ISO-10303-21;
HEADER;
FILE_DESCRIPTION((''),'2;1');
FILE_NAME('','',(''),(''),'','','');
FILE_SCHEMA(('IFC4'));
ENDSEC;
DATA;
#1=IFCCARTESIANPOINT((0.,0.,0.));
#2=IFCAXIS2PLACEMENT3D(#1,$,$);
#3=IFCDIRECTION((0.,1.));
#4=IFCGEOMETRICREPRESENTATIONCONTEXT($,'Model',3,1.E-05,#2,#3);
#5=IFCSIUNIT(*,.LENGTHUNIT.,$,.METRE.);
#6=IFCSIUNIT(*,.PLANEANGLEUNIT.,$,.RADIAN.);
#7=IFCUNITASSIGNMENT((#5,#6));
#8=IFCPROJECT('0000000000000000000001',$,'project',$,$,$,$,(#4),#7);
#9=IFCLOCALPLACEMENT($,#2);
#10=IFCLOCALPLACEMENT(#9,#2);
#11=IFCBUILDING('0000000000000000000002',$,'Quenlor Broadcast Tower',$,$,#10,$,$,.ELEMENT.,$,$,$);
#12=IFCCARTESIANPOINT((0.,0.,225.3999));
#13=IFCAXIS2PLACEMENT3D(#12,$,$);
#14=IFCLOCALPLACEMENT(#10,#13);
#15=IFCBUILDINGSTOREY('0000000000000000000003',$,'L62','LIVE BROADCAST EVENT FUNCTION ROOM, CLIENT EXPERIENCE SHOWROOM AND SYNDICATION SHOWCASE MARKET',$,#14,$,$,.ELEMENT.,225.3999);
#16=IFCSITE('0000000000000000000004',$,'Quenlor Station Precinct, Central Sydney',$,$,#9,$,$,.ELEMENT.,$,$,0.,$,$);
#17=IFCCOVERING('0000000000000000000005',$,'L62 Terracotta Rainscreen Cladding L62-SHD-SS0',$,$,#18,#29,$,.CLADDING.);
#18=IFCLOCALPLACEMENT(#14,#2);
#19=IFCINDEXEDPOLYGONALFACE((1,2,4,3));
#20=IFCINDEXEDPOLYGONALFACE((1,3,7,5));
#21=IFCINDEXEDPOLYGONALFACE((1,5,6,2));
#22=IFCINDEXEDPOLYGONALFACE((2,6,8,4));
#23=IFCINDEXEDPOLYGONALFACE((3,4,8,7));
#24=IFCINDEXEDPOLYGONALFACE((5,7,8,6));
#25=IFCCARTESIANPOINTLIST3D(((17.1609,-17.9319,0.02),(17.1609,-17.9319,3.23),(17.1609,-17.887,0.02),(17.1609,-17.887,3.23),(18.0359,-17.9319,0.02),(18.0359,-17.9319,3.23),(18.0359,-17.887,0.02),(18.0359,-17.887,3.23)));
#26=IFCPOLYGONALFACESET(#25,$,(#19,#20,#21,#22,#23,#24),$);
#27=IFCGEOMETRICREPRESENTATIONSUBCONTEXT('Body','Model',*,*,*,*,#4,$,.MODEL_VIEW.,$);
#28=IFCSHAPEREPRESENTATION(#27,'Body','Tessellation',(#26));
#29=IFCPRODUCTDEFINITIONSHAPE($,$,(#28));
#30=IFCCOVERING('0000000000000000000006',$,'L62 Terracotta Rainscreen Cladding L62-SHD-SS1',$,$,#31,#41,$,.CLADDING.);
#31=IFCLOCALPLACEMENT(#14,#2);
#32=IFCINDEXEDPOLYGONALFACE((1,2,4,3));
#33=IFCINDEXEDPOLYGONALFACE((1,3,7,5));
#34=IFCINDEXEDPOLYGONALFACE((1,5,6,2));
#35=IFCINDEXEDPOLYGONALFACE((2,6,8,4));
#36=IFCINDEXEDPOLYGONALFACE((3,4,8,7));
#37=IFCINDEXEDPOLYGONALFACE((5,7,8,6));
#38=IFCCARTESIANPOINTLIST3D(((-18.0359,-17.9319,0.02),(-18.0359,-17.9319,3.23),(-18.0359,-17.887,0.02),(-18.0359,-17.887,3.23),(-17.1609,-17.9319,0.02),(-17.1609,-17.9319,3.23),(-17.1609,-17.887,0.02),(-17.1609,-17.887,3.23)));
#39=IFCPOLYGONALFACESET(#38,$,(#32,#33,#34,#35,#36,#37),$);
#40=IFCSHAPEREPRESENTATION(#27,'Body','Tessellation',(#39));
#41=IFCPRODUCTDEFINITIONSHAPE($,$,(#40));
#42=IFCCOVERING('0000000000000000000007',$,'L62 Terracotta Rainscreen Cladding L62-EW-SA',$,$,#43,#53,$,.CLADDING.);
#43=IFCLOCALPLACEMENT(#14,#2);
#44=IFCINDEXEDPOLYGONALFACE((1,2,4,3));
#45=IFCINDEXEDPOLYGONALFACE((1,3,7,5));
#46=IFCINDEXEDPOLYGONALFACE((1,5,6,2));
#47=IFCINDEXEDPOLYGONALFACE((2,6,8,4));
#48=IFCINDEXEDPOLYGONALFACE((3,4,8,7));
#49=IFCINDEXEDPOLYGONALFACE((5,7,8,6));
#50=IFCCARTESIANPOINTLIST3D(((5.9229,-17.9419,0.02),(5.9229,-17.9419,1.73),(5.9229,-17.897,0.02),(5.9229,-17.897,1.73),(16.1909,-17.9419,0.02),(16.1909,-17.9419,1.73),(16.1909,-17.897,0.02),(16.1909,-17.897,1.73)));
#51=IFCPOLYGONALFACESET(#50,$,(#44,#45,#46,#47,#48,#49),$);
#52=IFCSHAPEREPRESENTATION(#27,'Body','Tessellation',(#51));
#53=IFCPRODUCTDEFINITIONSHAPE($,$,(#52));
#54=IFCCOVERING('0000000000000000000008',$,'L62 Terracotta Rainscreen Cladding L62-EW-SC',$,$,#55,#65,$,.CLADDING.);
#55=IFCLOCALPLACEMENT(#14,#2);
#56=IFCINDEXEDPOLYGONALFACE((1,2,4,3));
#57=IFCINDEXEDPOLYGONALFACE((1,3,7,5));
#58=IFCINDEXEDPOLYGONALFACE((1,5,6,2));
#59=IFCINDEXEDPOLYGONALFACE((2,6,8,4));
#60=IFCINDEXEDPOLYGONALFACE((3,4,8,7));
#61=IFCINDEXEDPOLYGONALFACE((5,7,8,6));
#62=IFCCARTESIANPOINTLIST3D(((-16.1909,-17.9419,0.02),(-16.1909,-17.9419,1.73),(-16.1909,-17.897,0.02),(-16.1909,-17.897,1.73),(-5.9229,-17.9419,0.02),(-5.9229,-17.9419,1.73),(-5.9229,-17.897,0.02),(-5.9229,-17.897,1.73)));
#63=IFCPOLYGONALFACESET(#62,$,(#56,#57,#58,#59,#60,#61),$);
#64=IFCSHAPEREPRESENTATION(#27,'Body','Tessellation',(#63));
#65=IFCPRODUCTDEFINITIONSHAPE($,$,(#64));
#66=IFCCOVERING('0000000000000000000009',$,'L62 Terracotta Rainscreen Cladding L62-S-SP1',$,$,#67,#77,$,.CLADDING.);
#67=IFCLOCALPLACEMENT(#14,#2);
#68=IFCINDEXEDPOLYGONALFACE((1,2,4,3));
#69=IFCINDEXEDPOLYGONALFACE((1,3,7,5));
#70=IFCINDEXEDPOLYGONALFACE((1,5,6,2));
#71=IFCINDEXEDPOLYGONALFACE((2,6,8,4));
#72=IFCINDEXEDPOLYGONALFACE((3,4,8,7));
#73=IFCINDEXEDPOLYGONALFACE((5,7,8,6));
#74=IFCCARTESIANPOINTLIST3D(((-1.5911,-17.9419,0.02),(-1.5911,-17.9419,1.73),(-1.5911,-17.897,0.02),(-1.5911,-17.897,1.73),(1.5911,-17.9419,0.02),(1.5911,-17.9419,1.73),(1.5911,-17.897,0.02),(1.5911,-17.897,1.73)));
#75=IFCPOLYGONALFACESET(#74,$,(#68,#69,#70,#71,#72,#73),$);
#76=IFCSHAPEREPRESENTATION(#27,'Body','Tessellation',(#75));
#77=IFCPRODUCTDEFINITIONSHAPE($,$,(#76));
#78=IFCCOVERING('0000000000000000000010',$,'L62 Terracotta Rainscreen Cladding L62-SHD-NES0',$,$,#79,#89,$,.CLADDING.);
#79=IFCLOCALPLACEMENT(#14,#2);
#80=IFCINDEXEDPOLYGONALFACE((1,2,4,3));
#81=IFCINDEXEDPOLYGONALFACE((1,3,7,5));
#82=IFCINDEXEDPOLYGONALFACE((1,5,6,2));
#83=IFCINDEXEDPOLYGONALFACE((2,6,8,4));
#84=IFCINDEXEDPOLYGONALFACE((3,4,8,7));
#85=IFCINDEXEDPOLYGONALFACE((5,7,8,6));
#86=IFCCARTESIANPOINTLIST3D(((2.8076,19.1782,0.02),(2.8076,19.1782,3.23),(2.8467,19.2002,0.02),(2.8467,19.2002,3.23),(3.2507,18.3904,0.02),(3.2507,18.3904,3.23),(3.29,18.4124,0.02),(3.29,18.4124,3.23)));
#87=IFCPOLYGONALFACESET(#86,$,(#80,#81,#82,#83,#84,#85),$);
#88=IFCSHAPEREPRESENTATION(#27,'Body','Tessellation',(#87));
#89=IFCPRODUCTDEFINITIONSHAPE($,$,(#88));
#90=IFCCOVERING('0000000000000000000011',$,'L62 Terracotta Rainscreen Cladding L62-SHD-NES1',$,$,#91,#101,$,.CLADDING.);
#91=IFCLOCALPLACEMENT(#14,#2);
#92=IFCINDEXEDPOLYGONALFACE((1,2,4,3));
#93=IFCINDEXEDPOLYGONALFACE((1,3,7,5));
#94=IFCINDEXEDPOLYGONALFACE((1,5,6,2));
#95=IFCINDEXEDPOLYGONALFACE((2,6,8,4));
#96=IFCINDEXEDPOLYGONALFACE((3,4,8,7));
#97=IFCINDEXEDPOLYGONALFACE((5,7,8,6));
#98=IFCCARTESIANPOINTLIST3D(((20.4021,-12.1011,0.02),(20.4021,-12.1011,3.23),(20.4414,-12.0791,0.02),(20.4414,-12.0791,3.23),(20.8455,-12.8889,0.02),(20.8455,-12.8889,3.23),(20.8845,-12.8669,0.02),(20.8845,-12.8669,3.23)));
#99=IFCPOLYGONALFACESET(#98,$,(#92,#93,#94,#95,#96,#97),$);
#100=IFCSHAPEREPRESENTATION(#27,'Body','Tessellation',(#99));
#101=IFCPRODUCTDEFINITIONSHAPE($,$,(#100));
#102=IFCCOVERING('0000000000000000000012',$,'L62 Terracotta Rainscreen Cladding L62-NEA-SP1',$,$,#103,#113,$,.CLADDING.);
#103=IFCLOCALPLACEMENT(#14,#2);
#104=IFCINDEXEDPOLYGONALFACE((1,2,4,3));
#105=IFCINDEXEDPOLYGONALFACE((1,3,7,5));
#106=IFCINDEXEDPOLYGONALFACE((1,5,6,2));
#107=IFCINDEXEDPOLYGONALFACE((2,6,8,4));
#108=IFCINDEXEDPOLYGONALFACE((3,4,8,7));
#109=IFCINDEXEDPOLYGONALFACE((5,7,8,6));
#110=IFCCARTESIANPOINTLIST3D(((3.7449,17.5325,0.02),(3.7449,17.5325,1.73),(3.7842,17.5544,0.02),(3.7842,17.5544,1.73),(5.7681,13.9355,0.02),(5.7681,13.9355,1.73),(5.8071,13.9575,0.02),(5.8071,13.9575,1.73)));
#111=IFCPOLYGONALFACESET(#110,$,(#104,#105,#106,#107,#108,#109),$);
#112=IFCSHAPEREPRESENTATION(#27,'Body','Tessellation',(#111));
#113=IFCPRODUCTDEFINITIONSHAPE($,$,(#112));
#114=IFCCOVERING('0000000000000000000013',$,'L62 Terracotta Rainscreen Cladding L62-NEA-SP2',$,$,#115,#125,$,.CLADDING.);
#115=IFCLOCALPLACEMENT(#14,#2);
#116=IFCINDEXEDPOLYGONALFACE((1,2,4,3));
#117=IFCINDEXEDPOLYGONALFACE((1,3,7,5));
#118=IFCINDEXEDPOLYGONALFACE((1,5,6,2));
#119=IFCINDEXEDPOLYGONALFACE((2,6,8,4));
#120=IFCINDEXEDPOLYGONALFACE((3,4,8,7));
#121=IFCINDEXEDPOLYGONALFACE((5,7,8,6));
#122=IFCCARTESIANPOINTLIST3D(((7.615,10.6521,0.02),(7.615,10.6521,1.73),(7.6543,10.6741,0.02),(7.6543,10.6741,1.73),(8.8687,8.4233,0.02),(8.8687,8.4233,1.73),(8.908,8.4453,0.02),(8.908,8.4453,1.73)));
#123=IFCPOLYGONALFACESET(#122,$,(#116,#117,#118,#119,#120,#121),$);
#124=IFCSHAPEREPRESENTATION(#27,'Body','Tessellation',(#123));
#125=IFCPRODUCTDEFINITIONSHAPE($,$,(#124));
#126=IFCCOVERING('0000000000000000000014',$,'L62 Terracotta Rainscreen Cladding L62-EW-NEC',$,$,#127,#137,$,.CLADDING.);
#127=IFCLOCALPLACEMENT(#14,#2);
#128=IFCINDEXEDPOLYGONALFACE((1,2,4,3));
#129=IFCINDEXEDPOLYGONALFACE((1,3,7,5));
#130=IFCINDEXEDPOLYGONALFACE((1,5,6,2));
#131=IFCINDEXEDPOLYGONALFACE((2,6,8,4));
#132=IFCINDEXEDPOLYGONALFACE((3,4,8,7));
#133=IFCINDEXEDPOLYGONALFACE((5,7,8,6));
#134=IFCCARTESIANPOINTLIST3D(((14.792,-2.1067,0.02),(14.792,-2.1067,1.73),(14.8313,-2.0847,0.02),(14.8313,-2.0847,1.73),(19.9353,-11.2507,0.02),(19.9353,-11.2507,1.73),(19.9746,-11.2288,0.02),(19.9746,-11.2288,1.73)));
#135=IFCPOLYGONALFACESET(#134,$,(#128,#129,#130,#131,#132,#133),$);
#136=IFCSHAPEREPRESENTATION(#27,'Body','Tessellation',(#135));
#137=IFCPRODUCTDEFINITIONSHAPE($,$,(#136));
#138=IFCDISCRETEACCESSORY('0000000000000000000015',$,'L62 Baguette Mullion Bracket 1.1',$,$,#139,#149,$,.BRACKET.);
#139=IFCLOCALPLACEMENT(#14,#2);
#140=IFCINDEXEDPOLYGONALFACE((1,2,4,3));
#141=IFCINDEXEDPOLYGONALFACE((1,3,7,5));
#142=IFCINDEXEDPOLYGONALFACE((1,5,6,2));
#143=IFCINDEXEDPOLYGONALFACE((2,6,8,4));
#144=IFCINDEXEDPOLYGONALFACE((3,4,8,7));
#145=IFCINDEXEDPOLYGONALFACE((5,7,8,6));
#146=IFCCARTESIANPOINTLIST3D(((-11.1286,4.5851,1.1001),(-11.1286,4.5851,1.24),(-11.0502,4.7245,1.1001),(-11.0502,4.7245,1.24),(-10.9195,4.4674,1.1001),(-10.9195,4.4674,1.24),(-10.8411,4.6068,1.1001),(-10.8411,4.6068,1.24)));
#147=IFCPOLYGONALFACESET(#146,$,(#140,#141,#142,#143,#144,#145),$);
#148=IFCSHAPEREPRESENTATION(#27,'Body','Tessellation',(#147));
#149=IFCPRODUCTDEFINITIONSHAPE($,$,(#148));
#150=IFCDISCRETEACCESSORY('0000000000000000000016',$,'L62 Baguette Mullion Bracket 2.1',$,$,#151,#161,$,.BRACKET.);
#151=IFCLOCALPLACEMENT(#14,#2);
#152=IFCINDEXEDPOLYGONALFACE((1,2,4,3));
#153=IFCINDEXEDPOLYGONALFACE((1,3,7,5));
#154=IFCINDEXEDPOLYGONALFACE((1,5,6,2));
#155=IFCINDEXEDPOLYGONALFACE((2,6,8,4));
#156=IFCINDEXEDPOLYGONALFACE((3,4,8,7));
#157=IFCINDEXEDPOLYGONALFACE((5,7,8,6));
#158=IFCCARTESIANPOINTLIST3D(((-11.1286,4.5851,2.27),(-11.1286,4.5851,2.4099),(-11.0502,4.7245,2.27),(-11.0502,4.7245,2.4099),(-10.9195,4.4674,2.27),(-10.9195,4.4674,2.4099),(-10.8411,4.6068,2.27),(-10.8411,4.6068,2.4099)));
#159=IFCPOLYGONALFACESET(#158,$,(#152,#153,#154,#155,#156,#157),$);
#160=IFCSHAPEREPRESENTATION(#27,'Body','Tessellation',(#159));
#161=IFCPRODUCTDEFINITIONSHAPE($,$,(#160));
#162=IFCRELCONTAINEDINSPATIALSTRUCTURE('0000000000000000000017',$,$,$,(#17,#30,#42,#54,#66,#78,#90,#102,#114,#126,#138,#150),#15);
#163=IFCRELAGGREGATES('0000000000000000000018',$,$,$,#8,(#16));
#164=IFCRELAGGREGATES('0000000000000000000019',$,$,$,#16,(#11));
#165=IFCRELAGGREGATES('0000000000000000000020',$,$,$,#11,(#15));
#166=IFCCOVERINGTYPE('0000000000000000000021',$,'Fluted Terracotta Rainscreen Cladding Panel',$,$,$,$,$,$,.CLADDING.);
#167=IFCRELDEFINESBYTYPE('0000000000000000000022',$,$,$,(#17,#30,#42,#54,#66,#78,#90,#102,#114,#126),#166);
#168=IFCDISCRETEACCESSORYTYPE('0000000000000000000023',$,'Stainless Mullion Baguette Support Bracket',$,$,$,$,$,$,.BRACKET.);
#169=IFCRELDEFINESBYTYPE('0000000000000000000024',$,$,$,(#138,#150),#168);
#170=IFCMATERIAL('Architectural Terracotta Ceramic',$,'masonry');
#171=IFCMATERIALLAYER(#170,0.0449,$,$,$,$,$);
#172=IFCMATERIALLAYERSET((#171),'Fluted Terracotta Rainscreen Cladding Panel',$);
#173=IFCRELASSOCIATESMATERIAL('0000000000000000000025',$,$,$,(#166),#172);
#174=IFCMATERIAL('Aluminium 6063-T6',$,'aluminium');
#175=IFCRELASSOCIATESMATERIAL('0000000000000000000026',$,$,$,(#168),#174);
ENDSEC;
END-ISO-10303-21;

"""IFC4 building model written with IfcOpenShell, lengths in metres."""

from ifc_helpers import new_model, si_unit, direction, frame, origin, origin_2d, place, context, subcontext, project, spatial, polyline, rectangle, outline, extrude, material, layer, layer_set, type_object, element, save


model = new_model("IFC4")

# Units and contexts
model_context = context("Model", 3, precision=1e-05, world=origin(), true_north=direction((0.0, 1.0)))
body_context = subcontext(model_context, "Body", "Model", "MODEL_VIEW")
ifc_project = project(units=[si_unit("LENGTHUNIT", "METRE"), si_unit("PLANEANGLEUNIT", "RADIAN")], contexts=[model_context])

# Site, building, storey
site_placement = place(None, origin())
site = spatial("IfcSite", under=ifc_project, at=site_placement, Name="Quenlor Station Precinct, Central Sydney", CompositionType="ELEMENT", RefElevation=0.0)
building_placement = place(site_placement, origin())
building = spatial("IfcBuilding", under=site, at=building_placement, Name="Quenlor Broadcast Tower", CompositionType="ELEMENT")
storey_placement = place(building_placement, frame((0.0, 0.0, 225.3999)))
storey = spatial("IfcBuildingStorey", under=building, at=storey_placement, Name="L62", Description="LIVE BROADCAST EVENT FUNCTION ROOM, CLIENT EXPERIENCE SHOWROOM AND SYNDICATION SHOWCASE MARKET", CompositionType="ELEMENT", Elevation=225.3999)

# Coverings
ifc_material_1 = material(Name="Architectural Terracotta Ceramic", Category="masonry")
ifc_layer_1 = layer(ifc_material_1, 0.0449)
ifc_layer_set_1 = layer_set([ifc_layer_1], Name="Fluted Terracotta Rainscreen Cladding Panel")
covering_type = type_object("IfcCoveringType", Name="Fluted Terracotta Rainscreen Cladding Panel", PredefinedType="CLADDING", material=ifc_layer_set_1)
covering_1_placement = place(storey_placement, frame((0.0, 0.0, 0.02)))
element("IfcCovering", 1, at=covering_1_placement, inside=storey, type_object=covering_type, Name="L62 Terracotta Rainscreen Cladding L62-SHD-SS0", PredefinedType="CLADDING", context=body_context, shape_type="SweptSolid", body=[
    extrude(outline(polyline([(18.0359, -17.887), (17.1609, -17.887), (17.1609, -17.9319), (18.0359, -17.9319), (18.0359, -17.887)])), origin(), (0.0, 0.0, 1.0), 3.21),
])
covering_2_placement = place(storey_placement, frame((0.0, 0.0, 0.02)))
element("IfcCovering", 2, at=covering_2_placement, inside=storey, type_object=covering_type, Name="L62 Terracotta Rainscreen Cladding L62-SHD-SS1", PredefinedType="CLADDING", context=body_context, shape_type="SweptSolid", body=[
    extrude(outline(polyline([(-17.1609, -17.887), (-18.0359, -17.887), (-18.0359, -17.9319), (-17.1609, -17.9319), (-17.1609, -17.887)])), origin(), (0.0, 0.0, 1.0), 3.21),
])
covering_3_placement = place(storey_placement, frame((0.0, 0.0, 0.02)))
element("IfcCovering", 3, at=covering_3_placement, inside=storey, type_object=covering_type, Name="L62 Terracotta Rainscreen Cladding L62-EW-SA", PredefinedType="CLADDING", context=body_context, shape_type="SweptSolid", body=[
    extrude(outline(polyline([(16.1909, -17.897), (5.9229, -17.897), (5.9229, -17.9419), (16.1909, -17.9419), (16.1909, -17.897)])), origin(), (0.0, 0.0, 1.0), 1.71),
])
covering_4_placement = place(storey_placement, frame((0.0, 0.0, 0.02)))
element("IfcCovering", 4, at=covering_4_placement, inside=storey, type_object=covering_type, Name="L62 Terracotta Rainscreen Cladding L62-EW-SC", PredefinedType="CLADDING", context=body_context, shape_type="SweptSolid", body=[
    extrude(outline(polyline([(-5.9229, -17.897), (-16.1909, -17.897), (-16.1909, -17.9419), (-5.9229, -17.9419), (-5.9229, -17.897)])), origin(), (0.0, 0.0, 1.0), 1.71),
])
covering_5_placement = place(storey_placement, frame((0.0, 0.0, 0.02)))
element("IfcCovering", 5, at=covering_5_placement, inside=storey, type_object=covering_type, Name="L62 Terracotta Rainscreen Cladding L62-S-SP1", PredefinedType="CLADDING", context=body_context, shape_type="SweptSolid", body=[
    extrude(outline(polyline([(1.5911, -17.897), (-1.5911, -17.897), (-1.5911, -17.9419), (1.5911, -17.9419), (1.5911, -17.897)])), origin(), (0.0, 0.0, 1.0), 1.71),
])
covering_6_placement = place(storey_placement, frame((0.0, 0.0, 0.02)))
element("IfcCovering", 6, at=covering_6_placement, inside=storey, type_object=covering_type, Name="L62 Terracotta Rainscreen Cladding L62-SHD-NES0", PredefinedType="CLADDING", context=body_context, shape_type="SweptSolid", body=[
    extrude(outline(polyline([(2.8076, 19.1782), (3.2507, 18.3904), (3.29, 18.4124), (2.8467, 19.2002), (2.8076, 19.1782)])), origin(), (0.0, 0.0, 1.0), 3.21),
])
covering_7_placement = place(storey_placement, frame((0.0, 0.0, 0.02)))
element("IfcCovering", 7, at=covering_7_placement, inside=storey, type_object=covering_type, Name="L62 Terracotta Rainscreen Cladding L62-SHD-NES1", PredefinedType="CLADDING", context=body_context, shape_type="SweptSolid", body=[
    extrude(outline(polyline([(20.4021, -12.1011), (20.8455, -12.8889), (20.8845, -12.8669), (20.4414, -12.0791), (20.4021, -12.1011)])), origin(), (0.0, 0.0, 1.0), 3.21),
])
covering_8_placement = place(storey_placement, frame((0.0, 0.0, 0.02)))
element("IfcCovering", 8, at=covering_8_placement, inside=storey, type_object=covering_type, Name="L62 Terracotta Rainscreen Cladding L62-NEA-SP1", PredefinedType="CLADDING", context=body_context, shape_type="SweptSolid", body=[
    extrude(outline(polyline([(3.7449, 17.5325), (5.7681, 13.9355), (5.8071, 13.9575), (3.7842, 17.5544), (3.7449, 17.5325)])), origin(), (0.0, 0.0, 1.0), 1.71),
])
covering_9_placement = place(storey_placement, frame((0.0, 0.0, 0.02)))
element("IfcCovering", 9, at=covering_9_placement, inside=storey, type_object=covering_type, Name="L62 Terracotta Rainscreen Cladding L62-NEA-SP2", PredefinedType="CLADDING", context=body_context, shape_type="SweptSolid", body=[
    extrude(outline(polyline([(7.615, 10.6521), (8.8687, 8.4233), (8.908, 8.4453), (7.6543, 10.6741), (7.615, 10.6521)])), origin(), (0.0, 0.0, 1.0), 1.71),
])
covering_10_placement = place(storey_placement, frame((0.0, 0.0, 0.02)))
element("IfcCovering", 10, at=covering_10_placement, inside=storey, type_object=covering_type, Name="L62 Terracotta Rainscreen Cladding L62-EW-NEC", PredefinedType="CLADDING", context=body_context, shape_type="SweptSolid", body=[
    extrude(outline(polyline([(14.792, -2.1067), (19.9353, -11.2507), (19.9746, -11.2288), (14.8313, -2.0847), (14.792, -2.1067)])), origin(), (0.0, 0.0, 1.0), 1.71),
])

# Discrete accessories
ifc_material_2 = material(Name="Aluminium 6063-T6", Category="aluminium")
discrete_accessory_type = type_object("IfcDiscreteAccessoryType", Name="Stainless Mullion Baguette Support Bracket", PredefinedType="BRACKET", material=ifc_material_2)
for number, where, z_axis, x_axis, name in (
    (11, (-10.9849, 4.5959, 1.1001), (0.0, 0.0, 1.0), (0.490257, 0.871578, 0.0), "L62 Baguette Mullion Bracket 1.1"),
    (12, (-10.9849, 4.5959, 2.27), (0.0, 0.0, 1.0), (0.490257, 0.871578, 0.0), "L62 Baguette Mullion Bracket 2.1"),
):
    element("IfcDiscreteAccessory", number, at=place(storey_placement, frame(where, z_axis=z_axis, x_axis=x_axis)), inside=storey, type_object=discrete_accessory_type, Name=name, PredefinedType="BRACKET", context=body_context, shape_type="SweptSolid", body=[
        extrude(rectangle(XDim=0.1599, YDim=0.24, at=origin_2d()), origin(), (0.0, 0.0, 1.0), 0.1399),
    ])

save(model, "model.ifc")
